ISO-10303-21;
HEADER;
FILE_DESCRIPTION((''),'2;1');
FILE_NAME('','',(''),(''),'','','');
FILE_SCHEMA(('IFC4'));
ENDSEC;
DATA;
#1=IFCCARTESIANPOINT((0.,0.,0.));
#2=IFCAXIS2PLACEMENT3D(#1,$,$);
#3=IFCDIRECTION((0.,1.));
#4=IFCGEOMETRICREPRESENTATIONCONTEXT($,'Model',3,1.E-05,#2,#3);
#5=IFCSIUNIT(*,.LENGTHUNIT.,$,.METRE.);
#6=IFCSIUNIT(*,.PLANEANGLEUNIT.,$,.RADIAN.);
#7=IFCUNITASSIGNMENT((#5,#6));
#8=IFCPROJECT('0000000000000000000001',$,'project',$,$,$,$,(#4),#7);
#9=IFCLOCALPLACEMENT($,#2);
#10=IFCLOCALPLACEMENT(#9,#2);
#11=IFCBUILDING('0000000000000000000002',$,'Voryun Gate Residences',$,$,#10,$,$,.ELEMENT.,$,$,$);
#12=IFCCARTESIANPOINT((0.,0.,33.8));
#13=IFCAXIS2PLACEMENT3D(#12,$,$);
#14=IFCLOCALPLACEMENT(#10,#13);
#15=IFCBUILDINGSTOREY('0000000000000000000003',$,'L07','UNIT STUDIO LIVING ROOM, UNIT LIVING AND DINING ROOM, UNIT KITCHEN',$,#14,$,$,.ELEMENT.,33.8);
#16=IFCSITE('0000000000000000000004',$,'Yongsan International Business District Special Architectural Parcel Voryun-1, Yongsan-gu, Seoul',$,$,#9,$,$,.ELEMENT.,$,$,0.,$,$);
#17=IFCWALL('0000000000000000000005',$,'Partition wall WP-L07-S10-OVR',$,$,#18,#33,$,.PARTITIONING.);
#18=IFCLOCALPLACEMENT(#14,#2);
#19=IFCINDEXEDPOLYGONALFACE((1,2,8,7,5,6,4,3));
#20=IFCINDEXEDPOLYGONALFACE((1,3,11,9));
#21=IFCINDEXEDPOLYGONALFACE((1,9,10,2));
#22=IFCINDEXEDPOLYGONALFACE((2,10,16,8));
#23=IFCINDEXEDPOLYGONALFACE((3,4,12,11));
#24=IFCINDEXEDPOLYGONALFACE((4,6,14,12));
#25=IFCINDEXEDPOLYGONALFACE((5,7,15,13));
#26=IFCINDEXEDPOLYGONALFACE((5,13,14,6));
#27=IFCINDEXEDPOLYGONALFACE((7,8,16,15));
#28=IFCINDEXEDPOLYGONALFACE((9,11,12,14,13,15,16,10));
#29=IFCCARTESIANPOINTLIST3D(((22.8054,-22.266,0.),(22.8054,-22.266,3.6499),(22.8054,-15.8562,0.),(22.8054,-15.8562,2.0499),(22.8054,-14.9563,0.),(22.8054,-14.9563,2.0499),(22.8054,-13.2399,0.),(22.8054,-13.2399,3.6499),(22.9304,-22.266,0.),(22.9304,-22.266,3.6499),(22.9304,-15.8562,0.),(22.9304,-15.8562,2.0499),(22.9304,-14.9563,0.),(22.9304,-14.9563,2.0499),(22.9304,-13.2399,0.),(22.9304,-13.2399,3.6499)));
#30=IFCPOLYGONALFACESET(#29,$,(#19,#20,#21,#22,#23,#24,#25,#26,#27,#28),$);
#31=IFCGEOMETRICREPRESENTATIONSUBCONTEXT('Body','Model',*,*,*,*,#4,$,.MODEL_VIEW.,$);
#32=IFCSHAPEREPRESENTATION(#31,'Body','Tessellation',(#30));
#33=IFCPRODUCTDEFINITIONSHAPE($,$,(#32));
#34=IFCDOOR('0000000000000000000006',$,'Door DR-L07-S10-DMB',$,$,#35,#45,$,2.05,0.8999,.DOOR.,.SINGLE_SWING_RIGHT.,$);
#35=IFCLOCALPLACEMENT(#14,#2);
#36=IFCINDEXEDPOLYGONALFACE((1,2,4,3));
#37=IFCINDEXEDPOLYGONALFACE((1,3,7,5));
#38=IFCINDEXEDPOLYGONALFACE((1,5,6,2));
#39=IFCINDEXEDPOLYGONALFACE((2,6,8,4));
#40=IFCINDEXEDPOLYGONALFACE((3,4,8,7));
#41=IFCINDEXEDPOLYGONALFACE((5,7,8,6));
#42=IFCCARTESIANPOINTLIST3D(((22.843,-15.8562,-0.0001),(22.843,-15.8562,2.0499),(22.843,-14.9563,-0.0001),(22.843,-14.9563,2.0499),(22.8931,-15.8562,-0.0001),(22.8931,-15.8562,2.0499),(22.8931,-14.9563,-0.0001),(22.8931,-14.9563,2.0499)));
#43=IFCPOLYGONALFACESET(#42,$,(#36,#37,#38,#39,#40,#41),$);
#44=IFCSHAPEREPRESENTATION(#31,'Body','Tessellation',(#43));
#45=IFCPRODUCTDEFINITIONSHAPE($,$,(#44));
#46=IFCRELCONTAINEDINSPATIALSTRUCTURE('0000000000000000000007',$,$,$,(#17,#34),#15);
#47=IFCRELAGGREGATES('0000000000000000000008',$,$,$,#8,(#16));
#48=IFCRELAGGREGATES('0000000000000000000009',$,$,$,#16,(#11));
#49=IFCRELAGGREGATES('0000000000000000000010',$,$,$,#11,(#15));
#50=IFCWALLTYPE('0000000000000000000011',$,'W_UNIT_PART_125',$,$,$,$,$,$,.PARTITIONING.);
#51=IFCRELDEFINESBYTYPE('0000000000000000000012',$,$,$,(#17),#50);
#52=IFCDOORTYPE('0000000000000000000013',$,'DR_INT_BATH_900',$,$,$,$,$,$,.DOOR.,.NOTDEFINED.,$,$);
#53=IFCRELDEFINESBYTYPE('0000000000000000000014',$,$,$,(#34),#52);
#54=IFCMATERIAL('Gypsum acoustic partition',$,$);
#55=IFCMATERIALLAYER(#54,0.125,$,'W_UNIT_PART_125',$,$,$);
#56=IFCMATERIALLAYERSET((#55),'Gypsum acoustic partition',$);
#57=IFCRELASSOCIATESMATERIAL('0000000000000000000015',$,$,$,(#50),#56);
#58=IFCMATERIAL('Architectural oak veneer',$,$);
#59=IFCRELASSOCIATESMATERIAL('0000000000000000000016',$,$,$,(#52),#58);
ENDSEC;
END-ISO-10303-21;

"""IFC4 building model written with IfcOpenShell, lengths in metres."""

from ifc_helpers import new_model, si_unit, direction, frame, frame_2d, origin, place, context, subcontext, project, spatial, rectangle, extrude, material, layer, layer_set, type_object, element, fill, save


model = new_model("IFC4")

# Units and contexts
model_context = context("Model", 3, precision=1e-05, world=origin(), true_north=direction((0.0, 1.0)))
body_context = subcontext(model_context, "Body", "Model", "MODEL_VIEW")
ifc_project = project(units=[si_unit("LENGTHUNIT", "METRE"), si_unit("PLANEANGLEUNIT", "RADIAN")], contexts=[model_context])

# Site, building, storey
site_placement = place(None, origin())
site = spatial("IfcSite", under=ifc_project, at=site_placement, Name="Yongsan International Business District Special Architectural Parcel Voryun-1, Yongsan-gu, Seoul", CompositionType="ELEMENT", RefElevation=0.0)
building_placement = place(site_placement, origin())
building = spatial("IfcBuilding", under=site, at=building_placement, Name="Voryun Gate Residences", CompositionType="ELEMENT")
storey_placement = place(building_placement, frame((0.0, 0.0, 33.8)))
storey = spatial("IfcBuildingStorey", under=building, at=storey_placement, Name="L07", Description="UNIT STUDIO LIVING ROOM, UNIT LIVING AND DINING ROOM, UNIT KITCHEN", CompositionType="ELEMENT", Elevation=33.8)

# Wall, opening, door
ifc_material_1 = material(Name="Gypsum acoustic partition")
ifc_layer_1 = layer(ifc_material_1, 0.125, Name="W_UNIT_PART_125")
ifc_layer_set_1 = layer_set([ifc_layer_1], Name="Gypsum acoustic partition")
wall_type_1 = type_object("IfcWallType", Name="W_UNIT_PART_125", PredefinedType="PARTITIONING", material=ifc_layer_set_1)
wall_1_placement = place(storey_placement, frame((22.8679, -22.2661, 0.0), z_axis=(0.0, 0.0, 1.0), x_axis=(0.0, 1.0, 0.0)))
wall_1 = element("IfcWall", 1, at=wall_1_placement, inside=storey, type_object=wall_type_1, Name="Partition wall WP-L07-S10-OVR", PredefinedType="PARTITIONING", context=body_context, shape_type="SweptSolid", body=[
    extrude(rectangle(XDim=9.0261, YDim=0.125, at=frame_2d((4.5132, 0.0))), origin(), (0.0, 0.0, 1.0), 3.6499),
])
opening_placement = place(wall_1_placement, frame((6.4099, 0.0, 0.0)))
opening = element("IfcOpeningElement", 2, at=opening_placement, cuts=wall_1, PredefinedType="OPENING", context=body_context, shape_type="SweptSolid", body=[
    extrude(rectangle(XDim=0.8999, YDim=2.05, at=frame_2d((0.45, 1.0249))), frame((0.0, 0.0725, 0.0), z_axis=(0.0, -1.0, 0.0), x_axis=(1.0, 0.0, 0.0)), (0.0, 0.0, 1.0), 0.145),
])
ifc_material_2 = material(Name="Architectural oak veneer")
door_type = type_object("IfcDoorType", Name="DR_INT_BATH_900", OperationType="NOTDEFINED", PredefinedType="DOOR", material=ifc_material_2)
door_placement = place(opening_placement, origin())
door = element("IfcDoor", 3, at=door_placement, inside=storey, type_object=door_type, Name="Door DR-L07-S10-DMB", OperationType="SINGLE_SWING_RIGHT", OverallHeight=2.05, OverallWidth=0.8999, PredefinedType="DOOR", context=body_context, shape_type="SweptSolid", body=[
    extrude(rectangle(XDim=0.8999, YDim=2.05, at=frame_2d((0.45, 1.0249))), frame((0.0, 0.0249, 0.0), z_axis=(0.0, -1.0, 0.0), x_axis=(1.0, 0.0, 0.0)), (0.0, 0.0, 1.0), 0.05),
])
fill(opening, door)

save(model, "model.ifc")
